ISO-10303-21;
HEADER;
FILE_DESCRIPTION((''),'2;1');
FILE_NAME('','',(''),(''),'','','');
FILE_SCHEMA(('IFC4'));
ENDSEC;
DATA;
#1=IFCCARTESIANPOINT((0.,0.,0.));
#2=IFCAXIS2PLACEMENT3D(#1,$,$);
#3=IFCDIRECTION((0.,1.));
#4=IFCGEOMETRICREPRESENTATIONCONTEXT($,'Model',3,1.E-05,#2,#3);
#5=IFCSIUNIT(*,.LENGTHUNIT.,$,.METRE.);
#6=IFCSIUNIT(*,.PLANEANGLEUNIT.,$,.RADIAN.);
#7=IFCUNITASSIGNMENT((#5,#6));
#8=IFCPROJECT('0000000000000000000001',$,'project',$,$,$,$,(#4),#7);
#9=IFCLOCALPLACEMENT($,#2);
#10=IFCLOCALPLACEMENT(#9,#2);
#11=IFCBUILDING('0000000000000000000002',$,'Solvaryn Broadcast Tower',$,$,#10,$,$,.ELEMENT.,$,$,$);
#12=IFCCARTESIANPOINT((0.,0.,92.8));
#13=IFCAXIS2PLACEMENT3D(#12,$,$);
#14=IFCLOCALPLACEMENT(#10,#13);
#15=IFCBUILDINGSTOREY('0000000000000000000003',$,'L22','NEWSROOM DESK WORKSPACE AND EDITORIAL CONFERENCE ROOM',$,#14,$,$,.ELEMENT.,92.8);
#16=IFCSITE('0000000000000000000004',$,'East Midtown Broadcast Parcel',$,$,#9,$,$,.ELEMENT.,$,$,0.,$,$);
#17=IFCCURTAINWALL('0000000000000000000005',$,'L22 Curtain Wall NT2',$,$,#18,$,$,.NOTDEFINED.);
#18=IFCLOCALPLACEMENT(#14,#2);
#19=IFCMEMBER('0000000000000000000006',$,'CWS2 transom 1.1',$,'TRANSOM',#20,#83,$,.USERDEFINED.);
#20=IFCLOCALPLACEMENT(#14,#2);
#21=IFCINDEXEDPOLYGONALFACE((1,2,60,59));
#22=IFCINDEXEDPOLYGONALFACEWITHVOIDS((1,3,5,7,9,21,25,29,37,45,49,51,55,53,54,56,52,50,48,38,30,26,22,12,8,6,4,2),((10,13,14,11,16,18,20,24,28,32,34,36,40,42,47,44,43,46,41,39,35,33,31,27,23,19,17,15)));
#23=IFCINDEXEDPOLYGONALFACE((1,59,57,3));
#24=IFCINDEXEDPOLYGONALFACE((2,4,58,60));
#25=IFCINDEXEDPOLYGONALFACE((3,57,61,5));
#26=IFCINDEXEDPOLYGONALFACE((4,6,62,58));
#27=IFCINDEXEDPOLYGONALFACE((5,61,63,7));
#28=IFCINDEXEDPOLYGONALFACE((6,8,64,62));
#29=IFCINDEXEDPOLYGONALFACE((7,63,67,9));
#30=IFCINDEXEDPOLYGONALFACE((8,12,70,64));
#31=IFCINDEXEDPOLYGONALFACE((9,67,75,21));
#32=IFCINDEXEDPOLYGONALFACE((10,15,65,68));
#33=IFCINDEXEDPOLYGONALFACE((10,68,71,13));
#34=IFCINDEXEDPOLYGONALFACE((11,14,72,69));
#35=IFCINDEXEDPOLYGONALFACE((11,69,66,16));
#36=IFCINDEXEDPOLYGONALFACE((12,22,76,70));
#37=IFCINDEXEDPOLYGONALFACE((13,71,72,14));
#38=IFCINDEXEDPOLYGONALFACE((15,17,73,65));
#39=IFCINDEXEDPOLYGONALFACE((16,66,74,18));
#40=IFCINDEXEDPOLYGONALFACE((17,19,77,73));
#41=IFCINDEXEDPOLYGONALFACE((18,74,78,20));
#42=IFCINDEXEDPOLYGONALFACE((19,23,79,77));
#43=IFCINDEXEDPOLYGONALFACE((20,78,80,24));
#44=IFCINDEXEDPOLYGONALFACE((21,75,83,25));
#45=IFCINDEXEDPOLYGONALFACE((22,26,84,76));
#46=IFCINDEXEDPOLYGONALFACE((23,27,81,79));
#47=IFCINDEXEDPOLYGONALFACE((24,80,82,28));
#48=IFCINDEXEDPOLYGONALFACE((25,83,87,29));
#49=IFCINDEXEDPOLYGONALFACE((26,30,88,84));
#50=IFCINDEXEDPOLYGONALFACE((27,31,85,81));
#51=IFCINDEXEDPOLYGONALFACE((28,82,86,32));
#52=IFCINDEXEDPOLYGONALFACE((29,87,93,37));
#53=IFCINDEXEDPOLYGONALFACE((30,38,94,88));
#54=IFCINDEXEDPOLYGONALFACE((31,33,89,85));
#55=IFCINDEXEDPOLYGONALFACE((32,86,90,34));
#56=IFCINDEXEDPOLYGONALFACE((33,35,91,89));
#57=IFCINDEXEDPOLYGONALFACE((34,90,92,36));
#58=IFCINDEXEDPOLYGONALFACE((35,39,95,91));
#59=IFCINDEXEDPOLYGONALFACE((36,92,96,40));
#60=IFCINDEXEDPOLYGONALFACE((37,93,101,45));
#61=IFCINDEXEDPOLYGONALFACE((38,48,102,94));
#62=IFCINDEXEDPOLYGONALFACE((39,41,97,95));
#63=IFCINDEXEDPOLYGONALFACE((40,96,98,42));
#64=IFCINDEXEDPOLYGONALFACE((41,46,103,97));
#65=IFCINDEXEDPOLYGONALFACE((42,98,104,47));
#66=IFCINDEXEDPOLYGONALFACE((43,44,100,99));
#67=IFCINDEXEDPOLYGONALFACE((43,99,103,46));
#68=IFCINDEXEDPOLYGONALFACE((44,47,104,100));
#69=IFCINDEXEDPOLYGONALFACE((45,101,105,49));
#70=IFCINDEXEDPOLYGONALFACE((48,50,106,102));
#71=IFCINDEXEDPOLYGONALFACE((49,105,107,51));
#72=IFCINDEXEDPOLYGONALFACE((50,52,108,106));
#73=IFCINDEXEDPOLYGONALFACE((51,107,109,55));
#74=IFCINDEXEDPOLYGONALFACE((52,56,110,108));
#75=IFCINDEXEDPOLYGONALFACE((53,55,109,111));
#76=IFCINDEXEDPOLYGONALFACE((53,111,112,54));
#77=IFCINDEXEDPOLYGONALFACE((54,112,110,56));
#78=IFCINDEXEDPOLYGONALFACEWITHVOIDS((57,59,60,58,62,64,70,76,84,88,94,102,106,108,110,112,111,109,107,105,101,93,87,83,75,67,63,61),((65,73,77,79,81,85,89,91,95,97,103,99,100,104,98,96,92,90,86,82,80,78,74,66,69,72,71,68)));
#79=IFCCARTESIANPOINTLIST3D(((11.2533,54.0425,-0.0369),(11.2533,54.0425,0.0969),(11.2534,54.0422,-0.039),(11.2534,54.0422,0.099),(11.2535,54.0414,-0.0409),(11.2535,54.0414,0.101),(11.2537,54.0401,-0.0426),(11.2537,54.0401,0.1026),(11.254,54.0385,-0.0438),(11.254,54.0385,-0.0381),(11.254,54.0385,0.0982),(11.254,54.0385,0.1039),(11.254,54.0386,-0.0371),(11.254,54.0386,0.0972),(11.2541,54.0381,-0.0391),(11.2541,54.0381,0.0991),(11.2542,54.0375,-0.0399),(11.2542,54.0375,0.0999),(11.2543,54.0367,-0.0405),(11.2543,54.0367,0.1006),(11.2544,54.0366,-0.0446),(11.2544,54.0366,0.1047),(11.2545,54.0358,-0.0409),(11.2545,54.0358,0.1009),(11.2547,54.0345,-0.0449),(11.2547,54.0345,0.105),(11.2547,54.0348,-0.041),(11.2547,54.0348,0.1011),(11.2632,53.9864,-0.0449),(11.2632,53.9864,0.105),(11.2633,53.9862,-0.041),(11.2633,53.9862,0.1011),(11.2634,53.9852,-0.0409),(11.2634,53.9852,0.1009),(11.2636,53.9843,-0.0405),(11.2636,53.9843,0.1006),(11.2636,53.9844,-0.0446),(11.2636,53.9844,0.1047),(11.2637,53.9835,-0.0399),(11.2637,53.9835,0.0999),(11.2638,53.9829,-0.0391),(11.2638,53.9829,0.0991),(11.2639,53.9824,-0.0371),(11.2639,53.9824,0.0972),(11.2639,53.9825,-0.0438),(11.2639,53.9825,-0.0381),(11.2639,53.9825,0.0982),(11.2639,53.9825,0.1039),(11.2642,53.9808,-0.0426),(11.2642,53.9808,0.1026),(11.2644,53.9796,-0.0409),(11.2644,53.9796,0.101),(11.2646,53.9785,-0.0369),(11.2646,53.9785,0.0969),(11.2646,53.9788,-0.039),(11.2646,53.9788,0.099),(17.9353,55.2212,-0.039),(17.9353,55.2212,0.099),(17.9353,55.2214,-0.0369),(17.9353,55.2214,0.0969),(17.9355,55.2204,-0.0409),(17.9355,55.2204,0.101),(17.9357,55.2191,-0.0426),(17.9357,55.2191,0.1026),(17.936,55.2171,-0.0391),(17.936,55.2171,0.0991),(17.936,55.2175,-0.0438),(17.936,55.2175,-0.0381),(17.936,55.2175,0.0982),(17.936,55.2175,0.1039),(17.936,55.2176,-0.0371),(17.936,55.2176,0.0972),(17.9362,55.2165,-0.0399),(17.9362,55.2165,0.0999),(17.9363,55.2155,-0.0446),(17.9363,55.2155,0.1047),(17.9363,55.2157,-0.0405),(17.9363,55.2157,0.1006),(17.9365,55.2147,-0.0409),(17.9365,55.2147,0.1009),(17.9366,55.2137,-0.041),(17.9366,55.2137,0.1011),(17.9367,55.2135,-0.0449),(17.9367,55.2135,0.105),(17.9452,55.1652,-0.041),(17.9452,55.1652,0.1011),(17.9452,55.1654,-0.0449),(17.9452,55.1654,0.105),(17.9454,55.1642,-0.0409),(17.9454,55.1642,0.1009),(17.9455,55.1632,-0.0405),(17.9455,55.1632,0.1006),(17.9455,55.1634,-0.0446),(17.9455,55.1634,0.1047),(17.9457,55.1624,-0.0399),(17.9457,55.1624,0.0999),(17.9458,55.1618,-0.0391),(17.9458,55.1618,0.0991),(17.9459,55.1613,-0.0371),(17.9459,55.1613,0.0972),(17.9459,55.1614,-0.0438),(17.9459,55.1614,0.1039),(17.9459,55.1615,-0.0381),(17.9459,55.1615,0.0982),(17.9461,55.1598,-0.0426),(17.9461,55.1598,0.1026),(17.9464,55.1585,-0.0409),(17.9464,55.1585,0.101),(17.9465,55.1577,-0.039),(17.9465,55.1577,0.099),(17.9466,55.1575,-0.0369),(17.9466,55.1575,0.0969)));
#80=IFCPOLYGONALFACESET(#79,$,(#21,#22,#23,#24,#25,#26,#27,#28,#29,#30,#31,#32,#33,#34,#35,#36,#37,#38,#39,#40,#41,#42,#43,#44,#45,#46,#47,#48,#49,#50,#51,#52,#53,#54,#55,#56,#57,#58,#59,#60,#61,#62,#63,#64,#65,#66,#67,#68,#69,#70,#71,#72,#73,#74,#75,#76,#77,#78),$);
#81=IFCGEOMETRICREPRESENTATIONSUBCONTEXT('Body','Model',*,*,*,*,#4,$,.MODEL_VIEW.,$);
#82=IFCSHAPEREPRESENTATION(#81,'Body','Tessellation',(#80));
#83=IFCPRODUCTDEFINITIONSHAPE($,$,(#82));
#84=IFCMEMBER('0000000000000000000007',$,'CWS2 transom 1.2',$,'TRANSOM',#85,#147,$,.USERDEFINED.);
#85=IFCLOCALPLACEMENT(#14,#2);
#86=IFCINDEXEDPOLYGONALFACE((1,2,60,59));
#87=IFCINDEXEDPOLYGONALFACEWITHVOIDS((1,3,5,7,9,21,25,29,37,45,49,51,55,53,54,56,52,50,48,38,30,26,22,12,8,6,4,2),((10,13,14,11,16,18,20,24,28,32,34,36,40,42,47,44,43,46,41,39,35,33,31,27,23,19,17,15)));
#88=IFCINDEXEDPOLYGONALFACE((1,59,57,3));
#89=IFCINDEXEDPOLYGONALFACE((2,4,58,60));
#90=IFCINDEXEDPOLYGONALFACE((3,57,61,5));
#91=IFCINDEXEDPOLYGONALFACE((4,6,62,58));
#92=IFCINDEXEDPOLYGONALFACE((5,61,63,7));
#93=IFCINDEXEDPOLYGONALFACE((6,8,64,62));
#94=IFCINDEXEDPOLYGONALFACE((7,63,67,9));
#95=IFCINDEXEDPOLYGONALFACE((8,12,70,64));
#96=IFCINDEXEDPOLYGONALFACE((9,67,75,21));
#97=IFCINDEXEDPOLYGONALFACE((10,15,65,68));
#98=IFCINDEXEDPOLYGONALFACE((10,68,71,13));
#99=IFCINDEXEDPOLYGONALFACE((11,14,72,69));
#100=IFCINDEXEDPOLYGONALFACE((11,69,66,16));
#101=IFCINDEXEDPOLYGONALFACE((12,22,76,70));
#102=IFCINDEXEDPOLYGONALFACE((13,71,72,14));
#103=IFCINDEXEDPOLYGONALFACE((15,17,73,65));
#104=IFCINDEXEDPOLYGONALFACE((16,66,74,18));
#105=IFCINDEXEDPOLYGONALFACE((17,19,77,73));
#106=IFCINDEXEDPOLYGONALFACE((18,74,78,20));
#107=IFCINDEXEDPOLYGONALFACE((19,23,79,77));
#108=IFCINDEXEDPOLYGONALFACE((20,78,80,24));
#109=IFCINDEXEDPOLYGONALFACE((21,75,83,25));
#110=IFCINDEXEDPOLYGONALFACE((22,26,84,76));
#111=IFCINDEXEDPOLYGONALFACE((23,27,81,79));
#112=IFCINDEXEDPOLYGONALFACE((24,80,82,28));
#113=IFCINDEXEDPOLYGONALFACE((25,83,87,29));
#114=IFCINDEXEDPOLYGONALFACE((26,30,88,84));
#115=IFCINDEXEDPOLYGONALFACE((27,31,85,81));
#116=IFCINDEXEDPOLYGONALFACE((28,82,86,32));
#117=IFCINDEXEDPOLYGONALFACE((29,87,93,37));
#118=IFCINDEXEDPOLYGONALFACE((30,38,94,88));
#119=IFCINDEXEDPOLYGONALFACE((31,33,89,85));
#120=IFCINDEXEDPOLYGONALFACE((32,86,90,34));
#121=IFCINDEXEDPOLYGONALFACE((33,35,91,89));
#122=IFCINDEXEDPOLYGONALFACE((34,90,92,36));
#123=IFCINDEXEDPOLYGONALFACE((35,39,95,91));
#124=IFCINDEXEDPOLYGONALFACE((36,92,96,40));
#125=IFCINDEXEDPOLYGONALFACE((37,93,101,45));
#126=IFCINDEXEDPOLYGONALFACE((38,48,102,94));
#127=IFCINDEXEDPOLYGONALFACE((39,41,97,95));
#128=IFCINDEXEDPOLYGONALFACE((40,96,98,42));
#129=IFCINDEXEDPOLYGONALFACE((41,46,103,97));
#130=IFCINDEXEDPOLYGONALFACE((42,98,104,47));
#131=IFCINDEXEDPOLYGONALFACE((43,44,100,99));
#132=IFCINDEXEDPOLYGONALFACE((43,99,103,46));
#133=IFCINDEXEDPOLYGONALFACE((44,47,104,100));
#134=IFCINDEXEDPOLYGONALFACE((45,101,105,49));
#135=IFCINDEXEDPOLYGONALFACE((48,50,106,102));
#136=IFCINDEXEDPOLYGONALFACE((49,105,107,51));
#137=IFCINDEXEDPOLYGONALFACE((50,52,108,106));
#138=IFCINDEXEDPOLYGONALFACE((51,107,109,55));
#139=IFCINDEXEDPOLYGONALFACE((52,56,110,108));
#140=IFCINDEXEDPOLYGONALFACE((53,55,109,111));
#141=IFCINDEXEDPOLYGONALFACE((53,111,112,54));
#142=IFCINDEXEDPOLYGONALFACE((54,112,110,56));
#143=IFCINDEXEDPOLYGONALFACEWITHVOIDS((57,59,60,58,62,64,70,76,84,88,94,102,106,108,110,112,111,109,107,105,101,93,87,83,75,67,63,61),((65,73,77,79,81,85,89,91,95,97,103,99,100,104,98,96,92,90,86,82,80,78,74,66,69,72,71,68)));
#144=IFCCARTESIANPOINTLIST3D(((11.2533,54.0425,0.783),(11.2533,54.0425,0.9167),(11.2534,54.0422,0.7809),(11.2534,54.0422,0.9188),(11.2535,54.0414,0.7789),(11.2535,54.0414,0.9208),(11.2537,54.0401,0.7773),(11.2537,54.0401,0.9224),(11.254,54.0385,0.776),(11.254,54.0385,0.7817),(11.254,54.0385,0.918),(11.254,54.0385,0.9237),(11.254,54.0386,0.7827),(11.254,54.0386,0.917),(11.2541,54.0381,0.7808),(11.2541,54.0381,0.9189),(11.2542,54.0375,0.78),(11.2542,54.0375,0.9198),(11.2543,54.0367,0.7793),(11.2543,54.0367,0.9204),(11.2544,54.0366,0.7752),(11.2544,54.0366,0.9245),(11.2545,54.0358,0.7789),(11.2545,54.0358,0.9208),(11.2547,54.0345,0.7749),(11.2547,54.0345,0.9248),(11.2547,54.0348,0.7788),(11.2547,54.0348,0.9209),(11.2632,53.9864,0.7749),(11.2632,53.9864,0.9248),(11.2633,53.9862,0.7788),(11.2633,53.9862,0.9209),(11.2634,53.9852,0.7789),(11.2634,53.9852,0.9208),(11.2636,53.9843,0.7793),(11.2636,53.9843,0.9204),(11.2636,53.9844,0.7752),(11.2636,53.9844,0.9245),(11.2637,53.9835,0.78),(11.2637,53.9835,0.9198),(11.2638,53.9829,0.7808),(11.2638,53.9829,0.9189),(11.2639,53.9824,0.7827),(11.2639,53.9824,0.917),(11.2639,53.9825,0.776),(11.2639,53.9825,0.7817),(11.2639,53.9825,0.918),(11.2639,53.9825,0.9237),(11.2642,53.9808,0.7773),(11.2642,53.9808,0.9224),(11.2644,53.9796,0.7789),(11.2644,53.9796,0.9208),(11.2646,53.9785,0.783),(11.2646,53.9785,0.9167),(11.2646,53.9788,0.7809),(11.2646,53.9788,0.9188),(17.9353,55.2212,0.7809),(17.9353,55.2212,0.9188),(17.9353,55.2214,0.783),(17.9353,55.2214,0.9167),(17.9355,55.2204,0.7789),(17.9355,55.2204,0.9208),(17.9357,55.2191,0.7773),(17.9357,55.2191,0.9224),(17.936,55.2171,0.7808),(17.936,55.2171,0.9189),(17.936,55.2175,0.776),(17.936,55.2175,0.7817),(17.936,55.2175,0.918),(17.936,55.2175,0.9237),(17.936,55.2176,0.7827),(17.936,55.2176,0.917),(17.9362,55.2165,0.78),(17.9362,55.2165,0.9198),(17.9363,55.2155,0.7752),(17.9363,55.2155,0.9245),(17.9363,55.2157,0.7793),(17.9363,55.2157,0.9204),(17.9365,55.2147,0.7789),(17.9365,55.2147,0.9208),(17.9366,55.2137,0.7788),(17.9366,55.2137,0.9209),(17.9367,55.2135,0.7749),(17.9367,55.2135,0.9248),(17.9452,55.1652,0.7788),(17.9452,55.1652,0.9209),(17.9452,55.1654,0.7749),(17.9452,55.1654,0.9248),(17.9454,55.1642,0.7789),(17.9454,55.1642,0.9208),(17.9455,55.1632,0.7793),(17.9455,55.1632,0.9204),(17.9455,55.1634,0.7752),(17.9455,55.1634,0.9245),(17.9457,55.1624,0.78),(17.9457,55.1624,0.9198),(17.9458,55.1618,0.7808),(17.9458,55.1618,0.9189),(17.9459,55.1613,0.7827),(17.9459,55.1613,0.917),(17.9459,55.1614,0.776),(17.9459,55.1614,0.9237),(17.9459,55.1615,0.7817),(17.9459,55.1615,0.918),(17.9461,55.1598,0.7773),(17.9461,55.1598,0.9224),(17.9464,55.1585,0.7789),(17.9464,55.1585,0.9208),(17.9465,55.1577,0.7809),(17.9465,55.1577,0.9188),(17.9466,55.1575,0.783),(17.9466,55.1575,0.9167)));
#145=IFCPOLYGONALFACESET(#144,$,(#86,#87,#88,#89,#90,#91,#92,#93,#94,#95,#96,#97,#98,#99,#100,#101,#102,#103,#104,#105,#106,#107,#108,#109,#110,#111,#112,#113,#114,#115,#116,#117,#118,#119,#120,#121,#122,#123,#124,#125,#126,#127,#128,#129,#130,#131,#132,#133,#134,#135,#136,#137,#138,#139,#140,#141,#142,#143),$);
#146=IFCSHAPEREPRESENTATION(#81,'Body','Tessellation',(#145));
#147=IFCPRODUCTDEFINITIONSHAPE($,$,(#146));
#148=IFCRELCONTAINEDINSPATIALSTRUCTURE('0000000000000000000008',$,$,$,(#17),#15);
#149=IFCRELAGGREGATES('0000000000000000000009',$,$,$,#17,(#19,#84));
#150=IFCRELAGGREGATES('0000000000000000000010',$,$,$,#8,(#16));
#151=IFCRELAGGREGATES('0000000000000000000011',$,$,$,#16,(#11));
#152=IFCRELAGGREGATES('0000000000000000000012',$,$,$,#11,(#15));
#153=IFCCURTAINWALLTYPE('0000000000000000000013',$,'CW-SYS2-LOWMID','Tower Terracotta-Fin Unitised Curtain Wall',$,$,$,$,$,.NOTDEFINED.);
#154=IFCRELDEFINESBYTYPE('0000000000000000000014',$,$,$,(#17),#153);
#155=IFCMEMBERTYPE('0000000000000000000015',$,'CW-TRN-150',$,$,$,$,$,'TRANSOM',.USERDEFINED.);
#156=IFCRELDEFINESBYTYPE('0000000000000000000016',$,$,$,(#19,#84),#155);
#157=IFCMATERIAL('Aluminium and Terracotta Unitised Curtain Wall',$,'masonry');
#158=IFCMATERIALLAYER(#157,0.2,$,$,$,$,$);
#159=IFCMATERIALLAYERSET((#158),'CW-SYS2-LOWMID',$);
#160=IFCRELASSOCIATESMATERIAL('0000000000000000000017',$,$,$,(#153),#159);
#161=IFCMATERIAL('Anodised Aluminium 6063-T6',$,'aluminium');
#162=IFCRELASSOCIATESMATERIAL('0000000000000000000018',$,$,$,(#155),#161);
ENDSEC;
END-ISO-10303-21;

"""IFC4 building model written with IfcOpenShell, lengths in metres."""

from ifc_helpers import new_model, si_unit, direction, frame, origin, origin_2d, place, context, subcontext, project, spatial, hollow_rectangle, extrude, material, layer, layer_set, material_profile, profile_set, type_object, element, aggregate, save


model = new_model("IFC4")

# Units and contexts
model_context = context("Model", 3, precision=1e-05, world=origin(), true_north=direction((0.0, 1.0)))
body_context = subcontext(model_context, "Body", "Model", "MODEL_VIEW")
ifc_project = project(units=[si_unit("LENGTHUNIT", "METRE"), si_unit("PLANEANGLEUNIT", "RADIAN")], contexts=[model_context])

# Site, building, storey
site_placement = place(None, origin())
site = spatial("IfcSite", under=ifc_project, at=site_placement, Name="East Midtown Broadcast Parcel", CompositionType="ELEMENT", RefElevation=0.0)
building_placement = place(site_placement, origin())
building = spatial("IfcBuilding", under=site, at=building_placement, Name="Solvaryn Broadcast Tower", CompositionType="ELEMENT")
storey_placement = place(building_placement, frame((0.0, 0.0, 92.8)))
storey = spatial("IfcBuildingStorey", under=building, at=storey_placement, Name="L22", Description="NEWSROOM DESK WORKSPACE AND EDITORIAL CONFERENCE ROOM", CompositionType="ELEMENT", Elevation=92.8)

# Shared definitions
ifc_material_1 = material(Name="Aluminium and Terracotta Unitised Curtain Wall", Category="masonry")
ifc_layer_1 = layer(ifc_material_1, 0.2)
ifc_layer_set_1 = layer_set([ifc_layer_1], Name="CW-SYS2-LOWMID")
curtain_wall_type = type_object("IfcCurtainWallType", Name="CW-SYS2-LOWMID", Description="Tower Terracotta-Fin Unitised Curtain Wall", PredefinedType="NOTDEFINED", material=ifc_layer_set_1)

# Curtain wall, members
curtain_wall_1_placement = place(storey_placement, origin())
curtain_wall_1 = element("IfcCurtainWall", 1, at=curtain_wall_1_placement, inside=storey, type_object=curtain_wall_type, Name="L22 Curtain Wall NT2", PredefinedType="NOTDEFINED")
ifc_material_2 = material(Name="Anodised Aluminium 6063-T6", Category="aluminium")
ifc_material_profile_1 = material_profile(ifc_material_2, hollow_rectangle(XDim=0.0649, YDim=0.1499, WallThickness=0.0039, InnerFilletRadius=0.0039, OuterFilletRadius=0.0081, at=origin_2d()))
ifc_profile_set_1 = profile_set([ifc_material_profile_1], Name="Anodised Aluminium 6063-T6")
member_type_1 = type_object("IfcMemberType", Name="CW-TRN-150", ElementType="TRANSOM", PredefinedType="USERDEFINED", material=ifc_profile_set_1)
member_1_placement = place(storey_placement, frame((17.9409, 55.1895, 0.03), z_axis=(-0.984789, -0.173757, 0.0), x_axis=(0.173757, -0.984789, 0.0)))
member_1 = element("IfcMember", 2, at=member_1_placement, type_object=member_type_1, Name="CWS2 transom 1.1", ObjectType="TRANSOM", PredefinedType="USERDEFINED", context=body_context, shape_type="SweptSolid", body=[
    extrude(hollow_rectangle(XDim=0.0649, YDim=0.1499, WallThickness=0.0039, InnerFilletRadius=0.0039, OuterFilletRadius=0.0081, at=origin_2d()), origin(), (0.0, 0.0, 1.0), 6.7852),
])
member_2_placement = place(storey_placement, frame((17.9409, 55.1895, 0.8499), z_axis=(-0.984789, -0.173757, 0.0), x_axis=(0.173757, -0.984789, 0.0)))
member_2 = element("IfcMember", 3, at=member_2_placement, type_object=member_type_1, Name="CWS2 transom 1.2", ObjectType="TRANSOM", PredefinedType="USERDEFINED", context=body_context, shape_type="SweptSolid", body=[
    extrude(hollow_rectangle(XDim=0.0649, YDim=0.1499, WallThickness=0.0039, InnerFilletRadius=0.0039, OuterFilletRadius=0.0081, at=origin_2d()), origin(), (0.0, 0.0, 1.0), 6.7852),
])

aggregate(curtain_wall_1, [member_1, member_2])

save(model, "model.ifc")
